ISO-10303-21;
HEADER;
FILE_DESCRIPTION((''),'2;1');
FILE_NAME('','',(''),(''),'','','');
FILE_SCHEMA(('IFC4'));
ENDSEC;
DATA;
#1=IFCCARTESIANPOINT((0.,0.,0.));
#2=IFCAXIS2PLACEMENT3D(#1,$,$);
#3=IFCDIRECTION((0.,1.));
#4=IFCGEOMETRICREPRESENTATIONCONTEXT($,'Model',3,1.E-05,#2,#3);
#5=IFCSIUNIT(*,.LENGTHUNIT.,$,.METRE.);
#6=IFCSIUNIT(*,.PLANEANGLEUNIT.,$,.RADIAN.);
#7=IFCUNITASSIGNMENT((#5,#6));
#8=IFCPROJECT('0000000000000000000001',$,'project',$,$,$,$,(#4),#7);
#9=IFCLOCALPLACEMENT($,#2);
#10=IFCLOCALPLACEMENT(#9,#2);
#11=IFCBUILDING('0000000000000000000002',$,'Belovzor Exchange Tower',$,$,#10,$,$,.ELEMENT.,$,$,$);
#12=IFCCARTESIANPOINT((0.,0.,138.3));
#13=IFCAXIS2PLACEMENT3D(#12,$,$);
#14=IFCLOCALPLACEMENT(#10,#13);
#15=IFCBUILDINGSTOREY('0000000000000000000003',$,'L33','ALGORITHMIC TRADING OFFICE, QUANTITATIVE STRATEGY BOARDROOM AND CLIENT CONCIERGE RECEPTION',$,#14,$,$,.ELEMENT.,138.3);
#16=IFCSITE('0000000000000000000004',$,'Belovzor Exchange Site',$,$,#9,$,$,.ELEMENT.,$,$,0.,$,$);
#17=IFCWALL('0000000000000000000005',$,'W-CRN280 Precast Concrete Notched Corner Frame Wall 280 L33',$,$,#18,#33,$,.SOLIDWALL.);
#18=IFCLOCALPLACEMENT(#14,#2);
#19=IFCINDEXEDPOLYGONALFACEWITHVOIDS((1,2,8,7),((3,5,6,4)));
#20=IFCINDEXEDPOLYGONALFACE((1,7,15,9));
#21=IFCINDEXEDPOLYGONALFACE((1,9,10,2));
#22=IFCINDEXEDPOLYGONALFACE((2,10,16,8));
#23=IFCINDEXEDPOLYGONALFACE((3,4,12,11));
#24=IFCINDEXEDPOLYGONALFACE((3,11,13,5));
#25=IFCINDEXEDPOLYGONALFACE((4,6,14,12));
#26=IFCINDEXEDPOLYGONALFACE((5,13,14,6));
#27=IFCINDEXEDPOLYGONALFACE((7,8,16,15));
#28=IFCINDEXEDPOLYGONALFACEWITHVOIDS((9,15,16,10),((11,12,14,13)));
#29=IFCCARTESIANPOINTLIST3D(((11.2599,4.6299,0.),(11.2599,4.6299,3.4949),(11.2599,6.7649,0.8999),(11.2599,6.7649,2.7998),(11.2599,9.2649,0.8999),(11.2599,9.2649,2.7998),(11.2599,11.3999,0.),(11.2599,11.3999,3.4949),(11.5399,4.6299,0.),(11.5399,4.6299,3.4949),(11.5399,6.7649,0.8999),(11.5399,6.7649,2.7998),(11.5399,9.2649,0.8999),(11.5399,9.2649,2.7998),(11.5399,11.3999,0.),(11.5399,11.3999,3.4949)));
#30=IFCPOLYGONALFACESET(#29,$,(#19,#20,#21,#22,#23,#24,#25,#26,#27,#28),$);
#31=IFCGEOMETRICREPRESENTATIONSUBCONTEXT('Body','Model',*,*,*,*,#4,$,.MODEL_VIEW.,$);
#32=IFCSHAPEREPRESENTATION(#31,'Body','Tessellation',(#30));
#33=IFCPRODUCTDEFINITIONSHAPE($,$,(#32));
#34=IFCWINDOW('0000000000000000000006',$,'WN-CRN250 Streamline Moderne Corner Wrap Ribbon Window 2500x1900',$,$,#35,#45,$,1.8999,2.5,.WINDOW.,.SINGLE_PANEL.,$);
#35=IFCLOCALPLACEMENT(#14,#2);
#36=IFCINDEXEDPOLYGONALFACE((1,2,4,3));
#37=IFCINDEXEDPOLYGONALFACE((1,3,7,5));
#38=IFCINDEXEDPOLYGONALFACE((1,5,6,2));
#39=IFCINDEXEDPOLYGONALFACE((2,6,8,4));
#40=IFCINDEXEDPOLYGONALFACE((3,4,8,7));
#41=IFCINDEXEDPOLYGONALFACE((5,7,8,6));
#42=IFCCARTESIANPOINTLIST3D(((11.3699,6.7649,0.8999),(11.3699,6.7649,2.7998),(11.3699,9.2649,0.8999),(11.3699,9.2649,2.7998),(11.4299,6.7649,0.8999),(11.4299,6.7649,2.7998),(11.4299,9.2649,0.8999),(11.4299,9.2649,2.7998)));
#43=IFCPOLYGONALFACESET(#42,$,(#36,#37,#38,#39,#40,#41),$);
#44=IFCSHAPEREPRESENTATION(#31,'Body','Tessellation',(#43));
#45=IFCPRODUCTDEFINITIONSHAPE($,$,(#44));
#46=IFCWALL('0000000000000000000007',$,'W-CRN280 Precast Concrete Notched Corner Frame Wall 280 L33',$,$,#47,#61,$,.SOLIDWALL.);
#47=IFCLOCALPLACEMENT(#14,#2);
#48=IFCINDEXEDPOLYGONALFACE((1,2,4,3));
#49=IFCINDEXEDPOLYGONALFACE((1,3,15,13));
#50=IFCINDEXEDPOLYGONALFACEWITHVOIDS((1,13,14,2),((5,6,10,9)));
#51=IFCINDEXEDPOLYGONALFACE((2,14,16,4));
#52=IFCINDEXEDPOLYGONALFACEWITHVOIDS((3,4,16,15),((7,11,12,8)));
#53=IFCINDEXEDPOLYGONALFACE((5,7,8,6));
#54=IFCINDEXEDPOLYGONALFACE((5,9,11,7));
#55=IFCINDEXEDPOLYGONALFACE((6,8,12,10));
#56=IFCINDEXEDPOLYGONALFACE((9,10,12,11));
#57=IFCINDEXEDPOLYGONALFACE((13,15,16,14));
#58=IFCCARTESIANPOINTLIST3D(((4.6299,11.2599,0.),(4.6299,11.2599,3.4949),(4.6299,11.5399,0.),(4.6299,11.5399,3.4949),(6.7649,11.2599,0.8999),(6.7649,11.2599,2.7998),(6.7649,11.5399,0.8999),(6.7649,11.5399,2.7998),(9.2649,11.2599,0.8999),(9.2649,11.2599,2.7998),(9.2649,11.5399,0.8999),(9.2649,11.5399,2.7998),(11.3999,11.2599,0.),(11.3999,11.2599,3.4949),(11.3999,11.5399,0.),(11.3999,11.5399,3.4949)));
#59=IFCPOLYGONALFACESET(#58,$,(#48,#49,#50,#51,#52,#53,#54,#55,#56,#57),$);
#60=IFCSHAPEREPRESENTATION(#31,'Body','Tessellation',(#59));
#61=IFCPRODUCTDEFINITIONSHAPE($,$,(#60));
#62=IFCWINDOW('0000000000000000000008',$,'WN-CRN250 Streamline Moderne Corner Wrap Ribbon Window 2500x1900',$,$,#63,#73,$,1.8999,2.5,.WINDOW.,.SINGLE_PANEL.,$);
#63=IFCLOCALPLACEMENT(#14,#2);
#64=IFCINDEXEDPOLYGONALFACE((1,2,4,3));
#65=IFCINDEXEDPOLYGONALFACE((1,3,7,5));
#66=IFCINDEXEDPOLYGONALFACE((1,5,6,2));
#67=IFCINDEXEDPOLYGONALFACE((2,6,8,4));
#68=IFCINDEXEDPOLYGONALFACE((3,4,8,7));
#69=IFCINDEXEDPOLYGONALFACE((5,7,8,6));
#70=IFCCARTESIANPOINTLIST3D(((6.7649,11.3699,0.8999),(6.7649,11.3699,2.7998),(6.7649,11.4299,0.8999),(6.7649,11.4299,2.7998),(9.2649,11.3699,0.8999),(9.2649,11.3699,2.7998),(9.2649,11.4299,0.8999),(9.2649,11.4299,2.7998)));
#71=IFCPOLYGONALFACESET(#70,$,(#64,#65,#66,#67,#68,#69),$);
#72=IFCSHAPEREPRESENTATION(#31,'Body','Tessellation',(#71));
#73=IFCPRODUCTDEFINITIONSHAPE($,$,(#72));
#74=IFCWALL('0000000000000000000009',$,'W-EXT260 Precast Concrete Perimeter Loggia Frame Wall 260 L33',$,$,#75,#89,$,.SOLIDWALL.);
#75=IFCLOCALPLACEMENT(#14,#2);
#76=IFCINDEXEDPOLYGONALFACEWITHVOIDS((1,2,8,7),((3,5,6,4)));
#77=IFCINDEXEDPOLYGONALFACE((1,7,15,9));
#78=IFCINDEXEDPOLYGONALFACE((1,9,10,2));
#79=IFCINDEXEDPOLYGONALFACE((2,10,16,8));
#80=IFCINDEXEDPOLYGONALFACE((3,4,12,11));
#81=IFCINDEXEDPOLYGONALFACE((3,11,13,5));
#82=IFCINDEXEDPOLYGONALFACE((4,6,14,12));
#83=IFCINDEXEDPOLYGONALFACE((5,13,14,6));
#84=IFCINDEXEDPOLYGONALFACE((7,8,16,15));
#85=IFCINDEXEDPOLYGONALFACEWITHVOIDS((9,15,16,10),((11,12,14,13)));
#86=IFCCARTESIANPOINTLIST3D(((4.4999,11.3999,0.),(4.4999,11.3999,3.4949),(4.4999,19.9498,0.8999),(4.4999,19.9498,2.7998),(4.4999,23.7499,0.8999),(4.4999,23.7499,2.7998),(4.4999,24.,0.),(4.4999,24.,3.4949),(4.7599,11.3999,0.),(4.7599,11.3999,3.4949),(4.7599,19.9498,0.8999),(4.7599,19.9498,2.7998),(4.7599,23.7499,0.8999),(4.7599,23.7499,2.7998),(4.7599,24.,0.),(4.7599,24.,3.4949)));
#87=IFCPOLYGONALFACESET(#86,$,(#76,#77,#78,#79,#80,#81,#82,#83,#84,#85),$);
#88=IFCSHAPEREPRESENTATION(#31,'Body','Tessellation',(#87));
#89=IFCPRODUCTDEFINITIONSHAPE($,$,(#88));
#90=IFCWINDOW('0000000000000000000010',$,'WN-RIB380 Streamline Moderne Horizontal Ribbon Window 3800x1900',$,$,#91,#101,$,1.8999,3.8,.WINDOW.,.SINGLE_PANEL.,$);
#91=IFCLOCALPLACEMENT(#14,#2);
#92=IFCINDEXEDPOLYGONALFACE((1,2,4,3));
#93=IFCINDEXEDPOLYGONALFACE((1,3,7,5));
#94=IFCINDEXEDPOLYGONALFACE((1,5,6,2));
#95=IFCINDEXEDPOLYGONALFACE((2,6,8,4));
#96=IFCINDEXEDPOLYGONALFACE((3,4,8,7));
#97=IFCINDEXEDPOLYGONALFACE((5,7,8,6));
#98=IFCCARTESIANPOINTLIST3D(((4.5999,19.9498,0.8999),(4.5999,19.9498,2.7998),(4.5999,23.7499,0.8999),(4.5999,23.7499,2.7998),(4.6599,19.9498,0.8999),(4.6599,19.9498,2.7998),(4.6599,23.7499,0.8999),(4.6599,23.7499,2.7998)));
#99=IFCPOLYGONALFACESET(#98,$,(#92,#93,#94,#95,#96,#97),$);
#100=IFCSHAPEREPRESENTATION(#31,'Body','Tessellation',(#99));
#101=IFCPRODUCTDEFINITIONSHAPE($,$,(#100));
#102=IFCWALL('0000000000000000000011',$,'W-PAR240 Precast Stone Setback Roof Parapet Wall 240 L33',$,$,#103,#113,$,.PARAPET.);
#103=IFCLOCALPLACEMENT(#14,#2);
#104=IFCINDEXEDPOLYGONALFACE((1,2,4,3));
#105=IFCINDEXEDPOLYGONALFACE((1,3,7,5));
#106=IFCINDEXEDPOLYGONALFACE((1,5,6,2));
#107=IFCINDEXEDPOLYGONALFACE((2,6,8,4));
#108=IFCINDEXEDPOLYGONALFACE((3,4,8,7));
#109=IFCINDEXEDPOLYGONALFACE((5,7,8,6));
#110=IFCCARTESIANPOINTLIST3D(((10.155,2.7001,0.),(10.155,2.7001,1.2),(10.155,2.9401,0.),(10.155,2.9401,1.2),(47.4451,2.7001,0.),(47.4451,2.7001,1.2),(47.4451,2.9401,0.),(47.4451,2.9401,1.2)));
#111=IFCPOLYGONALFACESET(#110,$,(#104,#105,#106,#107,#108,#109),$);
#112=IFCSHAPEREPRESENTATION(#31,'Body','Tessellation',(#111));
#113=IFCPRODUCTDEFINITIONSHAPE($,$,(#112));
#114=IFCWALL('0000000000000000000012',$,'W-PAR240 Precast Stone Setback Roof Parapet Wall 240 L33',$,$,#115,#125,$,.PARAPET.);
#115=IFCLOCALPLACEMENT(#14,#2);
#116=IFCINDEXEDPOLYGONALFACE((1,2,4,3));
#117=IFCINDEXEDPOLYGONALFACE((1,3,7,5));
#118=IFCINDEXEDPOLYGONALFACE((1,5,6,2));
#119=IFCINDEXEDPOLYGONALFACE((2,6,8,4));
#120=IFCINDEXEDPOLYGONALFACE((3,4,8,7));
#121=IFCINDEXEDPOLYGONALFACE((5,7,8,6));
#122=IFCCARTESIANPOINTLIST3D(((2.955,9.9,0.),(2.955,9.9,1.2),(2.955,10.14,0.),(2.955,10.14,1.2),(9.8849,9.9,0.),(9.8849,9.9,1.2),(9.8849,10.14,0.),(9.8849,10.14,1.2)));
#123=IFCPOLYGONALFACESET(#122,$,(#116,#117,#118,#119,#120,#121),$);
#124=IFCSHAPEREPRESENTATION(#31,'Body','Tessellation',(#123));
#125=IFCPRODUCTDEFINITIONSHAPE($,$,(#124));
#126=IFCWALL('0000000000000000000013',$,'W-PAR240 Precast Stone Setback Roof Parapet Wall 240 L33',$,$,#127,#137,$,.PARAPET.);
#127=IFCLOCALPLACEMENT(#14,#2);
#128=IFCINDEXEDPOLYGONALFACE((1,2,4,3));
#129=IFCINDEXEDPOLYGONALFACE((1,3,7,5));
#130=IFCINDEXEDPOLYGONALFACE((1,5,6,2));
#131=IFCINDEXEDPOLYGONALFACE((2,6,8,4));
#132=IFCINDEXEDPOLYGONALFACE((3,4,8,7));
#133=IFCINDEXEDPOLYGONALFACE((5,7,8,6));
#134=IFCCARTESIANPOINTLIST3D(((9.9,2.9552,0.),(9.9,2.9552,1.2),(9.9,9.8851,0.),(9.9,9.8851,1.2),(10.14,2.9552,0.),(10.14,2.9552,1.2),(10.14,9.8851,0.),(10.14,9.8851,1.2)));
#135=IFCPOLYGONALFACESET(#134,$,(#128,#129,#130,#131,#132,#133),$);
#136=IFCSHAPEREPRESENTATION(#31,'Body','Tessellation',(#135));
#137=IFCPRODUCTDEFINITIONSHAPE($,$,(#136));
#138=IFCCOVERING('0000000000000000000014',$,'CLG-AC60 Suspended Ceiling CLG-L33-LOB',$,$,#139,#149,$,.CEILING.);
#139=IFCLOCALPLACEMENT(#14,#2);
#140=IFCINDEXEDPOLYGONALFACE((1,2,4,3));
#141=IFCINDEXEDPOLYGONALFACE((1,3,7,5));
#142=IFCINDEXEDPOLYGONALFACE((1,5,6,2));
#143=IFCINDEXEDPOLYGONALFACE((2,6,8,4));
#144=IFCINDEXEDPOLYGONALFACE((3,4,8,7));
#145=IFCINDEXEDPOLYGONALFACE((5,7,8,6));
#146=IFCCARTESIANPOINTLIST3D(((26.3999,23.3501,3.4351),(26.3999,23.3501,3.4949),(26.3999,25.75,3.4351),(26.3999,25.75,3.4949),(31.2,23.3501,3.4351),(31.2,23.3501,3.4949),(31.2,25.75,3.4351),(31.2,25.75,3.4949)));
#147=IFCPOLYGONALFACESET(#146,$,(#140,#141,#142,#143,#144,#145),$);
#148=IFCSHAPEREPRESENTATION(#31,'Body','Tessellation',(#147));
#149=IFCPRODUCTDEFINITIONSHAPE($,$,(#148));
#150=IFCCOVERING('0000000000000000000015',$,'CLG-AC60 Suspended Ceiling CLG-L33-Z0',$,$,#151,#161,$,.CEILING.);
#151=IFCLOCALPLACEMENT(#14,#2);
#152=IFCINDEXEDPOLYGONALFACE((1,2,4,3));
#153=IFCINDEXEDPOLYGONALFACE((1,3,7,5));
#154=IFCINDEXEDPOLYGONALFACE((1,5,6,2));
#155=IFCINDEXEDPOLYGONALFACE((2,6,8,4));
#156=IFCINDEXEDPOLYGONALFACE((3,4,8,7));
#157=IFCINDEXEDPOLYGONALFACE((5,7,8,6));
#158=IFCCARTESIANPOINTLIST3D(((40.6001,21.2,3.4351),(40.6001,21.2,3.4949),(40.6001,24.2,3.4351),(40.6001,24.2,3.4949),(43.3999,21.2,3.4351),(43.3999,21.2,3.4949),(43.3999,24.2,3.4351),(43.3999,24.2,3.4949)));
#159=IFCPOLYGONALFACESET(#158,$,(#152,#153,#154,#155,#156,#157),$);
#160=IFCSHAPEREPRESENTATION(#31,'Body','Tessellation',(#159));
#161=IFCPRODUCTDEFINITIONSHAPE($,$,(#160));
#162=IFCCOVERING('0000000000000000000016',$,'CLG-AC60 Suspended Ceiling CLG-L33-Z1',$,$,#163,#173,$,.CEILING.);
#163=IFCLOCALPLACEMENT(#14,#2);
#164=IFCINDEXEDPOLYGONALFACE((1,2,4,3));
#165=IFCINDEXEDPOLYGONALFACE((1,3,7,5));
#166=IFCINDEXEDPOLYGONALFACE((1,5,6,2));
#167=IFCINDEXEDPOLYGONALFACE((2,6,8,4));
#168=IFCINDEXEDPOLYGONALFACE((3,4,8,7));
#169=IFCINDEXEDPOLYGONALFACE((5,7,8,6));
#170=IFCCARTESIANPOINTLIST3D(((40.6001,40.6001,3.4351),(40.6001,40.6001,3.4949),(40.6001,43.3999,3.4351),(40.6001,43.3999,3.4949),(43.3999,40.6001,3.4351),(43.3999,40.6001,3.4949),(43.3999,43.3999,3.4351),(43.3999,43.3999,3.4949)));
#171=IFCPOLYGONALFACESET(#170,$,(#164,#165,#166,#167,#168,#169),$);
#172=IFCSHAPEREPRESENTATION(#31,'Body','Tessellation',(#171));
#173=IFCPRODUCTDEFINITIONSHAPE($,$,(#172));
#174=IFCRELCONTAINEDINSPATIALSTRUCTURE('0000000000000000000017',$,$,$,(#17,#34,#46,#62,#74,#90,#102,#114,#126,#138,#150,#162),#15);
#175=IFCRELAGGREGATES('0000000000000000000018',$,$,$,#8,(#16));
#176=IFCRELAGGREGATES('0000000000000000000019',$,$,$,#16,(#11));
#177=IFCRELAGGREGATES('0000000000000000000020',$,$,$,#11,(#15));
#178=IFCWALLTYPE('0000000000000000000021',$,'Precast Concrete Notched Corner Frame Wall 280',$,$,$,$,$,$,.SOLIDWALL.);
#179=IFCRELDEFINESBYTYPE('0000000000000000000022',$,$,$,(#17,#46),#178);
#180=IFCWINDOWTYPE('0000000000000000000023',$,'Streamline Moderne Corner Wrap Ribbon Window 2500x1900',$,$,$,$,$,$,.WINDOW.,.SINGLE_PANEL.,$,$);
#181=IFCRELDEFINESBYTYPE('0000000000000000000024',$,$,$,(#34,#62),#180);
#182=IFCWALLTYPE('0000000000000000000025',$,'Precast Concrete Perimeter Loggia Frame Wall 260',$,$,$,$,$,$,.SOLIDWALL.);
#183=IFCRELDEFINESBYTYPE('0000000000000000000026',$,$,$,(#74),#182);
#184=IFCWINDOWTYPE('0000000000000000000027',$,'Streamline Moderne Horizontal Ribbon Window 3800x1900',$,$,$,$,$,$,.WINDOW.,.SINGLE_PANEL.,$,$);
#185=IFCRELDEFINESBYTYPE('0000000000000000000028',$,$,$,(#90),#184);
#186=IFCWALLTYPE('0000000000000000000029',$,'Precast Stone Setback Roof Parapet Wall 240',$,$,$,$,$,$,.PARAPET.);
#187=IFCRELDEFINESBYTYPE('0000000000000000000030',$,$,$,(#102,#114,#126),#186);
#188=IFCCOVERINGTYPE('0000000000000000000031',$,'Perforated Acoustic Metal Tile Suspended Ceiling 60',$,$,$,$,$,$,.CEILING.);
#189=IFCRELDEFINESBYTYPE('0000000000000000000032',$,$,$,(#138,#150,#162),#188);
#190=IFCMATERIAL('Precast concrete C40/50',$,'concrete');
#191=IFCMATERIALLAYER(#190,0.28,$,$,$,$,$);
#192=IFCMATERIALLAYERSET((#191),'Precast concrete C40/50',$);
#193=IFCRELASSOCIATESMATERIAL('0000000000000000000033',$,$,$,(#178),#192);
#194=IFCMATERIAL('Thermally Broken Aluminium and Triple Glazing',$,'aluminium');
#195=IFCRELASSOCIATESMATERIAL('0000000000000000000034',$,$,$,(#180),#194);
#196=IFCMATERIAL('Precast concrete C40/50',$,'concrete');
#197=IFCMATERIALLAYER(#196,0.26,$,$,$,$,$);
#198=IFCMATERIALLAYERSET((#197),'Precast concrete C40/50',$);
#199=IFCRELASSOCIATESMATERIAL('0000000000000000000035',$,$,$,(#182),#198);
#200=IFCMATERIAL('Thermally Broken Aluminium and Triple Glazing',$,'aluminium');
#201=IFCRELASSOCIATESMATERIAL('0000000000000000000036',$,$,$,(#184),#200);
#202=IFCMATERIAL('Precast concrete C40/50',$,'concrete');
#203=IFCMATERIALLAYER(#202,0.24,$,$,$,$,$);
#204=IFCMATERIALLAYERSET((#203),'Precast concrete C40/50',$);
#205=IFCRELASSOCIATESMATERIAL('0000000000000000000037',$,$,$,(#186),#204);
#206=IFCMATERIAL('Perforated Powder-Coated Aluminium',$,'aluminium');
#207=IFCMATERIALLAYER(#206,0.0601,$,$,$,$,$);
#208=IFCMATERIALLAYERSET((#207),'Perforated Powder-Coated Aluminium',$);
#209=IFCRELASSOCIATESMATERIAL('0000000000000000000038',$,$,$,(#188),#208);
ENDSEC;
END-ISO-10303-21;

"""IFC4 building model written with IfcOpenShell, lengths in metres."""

from ifc_helpers import new_model, si_unit, direction, frame, frame_2d, origin, place, context, subcontext, project, spatial, polyline, rectangle, outline, extrude, material, layer, layer_set, type_object, element, fill, save


model = new_model("IFC4")

# Units and contexts
model_context = context("Model", 3, precision=1e-05, world=origin(), true_north=direction((0.0, 1.0)))
body_context = subcontext(model_context, "Body", "Model", "MODEL_VIEW")
ifc_project = project(units=[si_unit("LENGTHUNIT", "METRE"), si_unit("PLANEANGLEUNIT", "RADIAN")], contexts=[model_context])

# Site, building, storey
site_placement = place(None, origin())
site = spatial("IfcSite", under=ifc_project, at=site_placement, Name="Belovzor Exchange Site", CompositionType="ELEMENT", RefElevation=0.0)
building_placement = place(site_placement, origin())
building = spatial("IfcBuilding", under=site, at=building_placement, Name="Belovzor Exchange Tower", CompositionType="ELEMENT")
storey_placement = place(building_placement, frame((0.0, 0.0, 138.3)))
storey = spatial("IfcBuildingStorey", under=building, at=storey_placement, Name="L33", Description="ALGORITHMIC TRADING OFFICE, QUANTITATIVE STRATEGY BOARDROOM AND CLIENT CONCIERGE RECEPTION", CompositionType="ELEMENT", Elevation=138.3)

# Walls, openings, windows
ifc_material_1 = material(Name="Precast concrete C40/50", Category="concrete")
ifc_layer_1 = layer(ifc_material_1, 0.28)
ifc_layer_set_1 = layer_set([ifc_layer_1], Name="Precast concrete C40/50")
wall_type_1 = type_object("IfcWallType", Name="Precast Concrete Notched Corner Frame Wall 280", PredefinedType="SOLIDWALL", material=ifc_layer_set_1)
wall_1_placement = place(storey_placement, frame((11.3999, 4.6299, 0.0), z_axis=(0.0, 0.0, 1.0), x_axis=(0.0, 1.0, 0.0)))
wall_1 = element("IfcWall", 1, at=wall_1_placement, inside=storey, type_object=wall_type_1, Name="W-CRN280 Precast Concrete Notched Corner Frame Wall 280 L33", PredefinedType="SOLIDWALL", context=body_context, shape_type="SweptSolid", body=[
    extrude(rectangle(XDim=6.77, YDim=0.28, at=frame_2d((3.385, 0.0))), origin(), (0.0, 0.0, 1.0), 3.4949),
])
opening_1_placement = place(wall_1_placement, frame((2.135, 0.0, 0.8999)))
opening_1 = element("IfcOpeningElement", 2, at=opening_1_placement, cuts=wall_1, PredefinedType="OPENING", context=body_context, shape_type="SweptSolid", body=[
    extrude(rectangle(XDim=2.5, YDim=1.8999, at=frame_2d((1.25, 0.95))), frame((0.0, 0.1499, 0.0), z_axis=(0.0, -1.0, 0.0), x_axis=(1.0, 0.0, 0.0)), (0.0, 0.0, 1.0), 0.3),
])
ifc_material_2 = material(Name="Thermally Broken Aluminium and Triple Glazing", Category="aluminium")
window_type_1 = type_object("IfcWindowType", Name="Streamline Moderne Corner Wrap Ribbon Window 2500x1900", PartitioningType="SINGLE_PANEL", PredefinedType="WINDOW", material=ifc_material_2)
window_1_placement = place(opening_1_placement, origin())
window_1 = element("IfcWindow", 3, at=window_1_placement, inside=storey, type_object=window_type_1, Name="WN-CRN250 Streamline Moderne Corner Wrap Ribbon Window 2500x1900", OverallHeight=1.8999, OverallWidth=2.5, PartitioningType="SINGLE_PANEL", PredefinedType="WINDOW", context=body_context, shape_type="SweptSolid", body=[
    extrude(rectangle(XDim=2.5, YDim=1.8999, at=frame_2d((1.25, 0.95))), frame((0.0, 0.03, 0.0), z_axis=(0.0, -1.0, 0.0), x_axis=(1.0, 0.0, 0.0)), (0.0, 0.0, 1.0), 0.0601),
])
fill(opening_1, window_1)
wall_2_placement = place(storey_placement, frame((11.3999, 11.3999, 0.0), z_axis=(0.0, 0.0, 1.0), x_axis=(-1.0, 0.0, 0.0)))
wall_2 = element("IfcWall", 4, at=wall_2_placement, inside=storey, type_object=wall_type_1, Name="W-CRN280 Precast Concrete Notched Corner Frame Wall 280 L33", PredefinedType="SOLIDWALL", context=body_context, shape_type="SweptSolid", body=[
    extrude(rectangle(XDim=6.77, YDim=0.28, at=frame_2d((3.385, 0.0))), origin(), (0.0, 0.0, 1.0), 3.4949),
])
opening_2_placement = place(wall_2_placement, frame((2.135, 0.0, 0.8999)))
opening_2 = element("IfcOpeningElement", 5, at=opening_2_placement, cuts=wall_2, PredefinedType="OPENING", context=body_context, shape_type="SweptSolid", body=[
    extrude(rectangle(XDim=2.5, YDim=1.8999, at=frame_2d((1.25, 0.95))), frame((0.0, 0.1499, 0.0), z_axis=(0.0, -1.0, 0.0), x_axis=(1.0, 0.0, 0.0)), (0.0, 0.0, 1.0), 0.3),
])
window_2_placement = place(opening_2_placement, origin())
window_2 = element("IfcWindow", 6, at=window_2_placement, inside=storey, type_object=window_type_1, Name="WN-CRN250 Streamline Moderne Corner Wrap Ribbon Window 2500x1900", OverallHeight=1.8999, OverallWidth=2.5, PartitioningType="SINGLE_PANEL", PredefinedType="WINDOW", context=body_context, shape_type="SweptSolid", body=[
    extrude(rectangle(XDim=2.5, YDim=1.8999, at=frame_2d((1.25, 0.95))), frame((0.0, 0.03, 0.0), z_axis=(0.0, -1.0, 0.0), x_axis=(1.0, 0.0, 0.0)), (0.0, 0.0, 1.0), 0.0601),
])
fill(opening_2, window_2)
ifc_material_3 = material(Name="Precast concrete C40/50", Category="concrete")
ifc_layer_2 = layer(ifc_material_3, 0.26)
ifc_layer_set_2 = layer_set([ifc_layer_2], Name="Precast concrete C40/50")
wall_type_2 = type_object("IfcWallType", Name="Precast Concrete Perimeter Loggia Frame Wall 260", PredefinedType="SOLIDWALL", material=ifc_layer_set_2)
wall_3_placement = place(storey_placement, frame((4.6299, 11.3999, 0.0), z_axis=(0.0, 0.0, 1.0), x_axis=(0.0, 1.0, 0.0)))
wall_3 = element("IfcWall", 7, at=wall_3_placement, inside=storey, type_object=wall_type_2, Name="W-EXT260 Precast Concrete Perimeter Loggia Frame Wall 260 L33", PredefinedType="SOLIDWALL", context=body_context, shape_type="SweptSolid", body=[
    extrude(rectangle(XDim=12.6001, YDim=0.26, at=frame_2d((6.3, 0.0))), origin(), (0.0, 0.0, 1.0), 3.4949),
])
opening_3_placement = place(wall_3_placement, frame((8.55, 0.0, 0.8999)))
opening_3 = element("IfcOpeningElement", 8, at=opening_3_placement, cuts=wall_3, PredefinedType="OPENING", context=body_context, shape_type="SweptSolid", body=[
    extrude(rectangle(XDim=3.8, YDim=1.8999, at=frame_2d((1.8999, 0.95))), frame((0.0, 0.1399, 0.0), z_axis=(0.0, -1.0, 0.0), x_axis=(1.0, 0.0, 0.0)), (0.0, 0.0, 1.0), 0.28),
])
ifc_material_4 = material(Name="Thermally Broken Aluminium and Triple Glazing", Category="aluminium")
window_type_2 = type_object("IfcWindowType", Name="Streamline Moderne Horizontal Ribbon Window 3800x1900", PartitioningType="SINGLE_PANEL", PredefinedType="WINDOW", material=ifc_material_4)
window_3_placement = place(opening_3_placement, origin())
window_3 = element("IfcWindow", 9, at=window_3_placement, inside=storey, type_object=window_type_2, Name="WN-RIB380 Streamline Moderne Horizontal Ribbon Window 3800x1900", OverallHeight=1.8999, OverallWidth=3.8, PartitioningType="SINGLE_PANEL", PredefinedType="WINDOW", context=body_context, shape_type="SweptSolid", body=[
    extrude(rectangle(XDim=3.8, YDim=1.8999, at=frame_2d((1.8999, 0.95))), frame((0.0, 0.03, 0.0), z_axis=(0.0, -1.0, 0.0), x_axis=(1.0, 0.0, 0.0)), (0.0, 0.0, 1.0), 0.0601),
])
fill(opening_3, window_3)

# Walls
ifc_material_5 = material(Name="Precast concrete C40/50", Category="concrete")
ifc_layer_3 = layer(ifc_material_5, 0.24)
ifc_layer_set_3 = layer_set([ifc_layer_3], Name="Precast concrete C40/50")
wall_type_3 = type_object("IfcWallType", Name="Precast Stone Setback Roof Parapet Wall 240", PredefinedType="PARAPET", material=ifc_layer_set_3)
wall_4_placement = place(storey_placement, frame((10.155, 2.8201, 0.0), z_axis=(0.0, 0.0, 1.0), x_axis=(1.0, 0.0, 0.0)))
element("IfcWall", 10, at=wall_4_placement, inside=storey, type_object=wall_type_3, Name="W-PAR240 Precast Stone Setback Roof Parapet Wall 240 L33", PredefinedType="PARAPET", context=body_context, shape_type="SweptSolid", body=[
    extrude(rectangle(XDim=37.29, YDim=0.24, at=frame_2d((18.645, 0.0))), origin(), (0.0, 0.0, 1.0), 1.2),
])
for number, where, z_axis, x_axis, name in (
    (11, (2.9551, 10.02, 0.0), (0.0, 0.0, 1.0), (1.0, 0.0, 0.0), "W-PAR240 Precast Stone Setback Roof Parapet Wall 240 L33"),
    (12, (10.02, 9.885, 0.0), (0.0, 0.0, 1.0), (0.0, -1.0, 0.0), "W-PAR240 Precast Stone Setback Roof Parapet Wall 240 L33"),
):
    element("IfcWall", number, at=place(storey_placement, frame(where, z_axis=z_axis, x_axis=x_axis)), inside=storey, type_object=wall_type_3, Name=name, PredefinedType="PARAPET", context=body_context, shape_type="SweptSolid", body=[
        extrude(rectangle(XDim=6.9299, YDim=0.24, at=frame_2d((3.4648, 0.0))), origin(), (0.0, 0.0, 1.0), 1.2),
    ])

# Coverings
ifc_material_6 = material(Name="Perforated Powder-Coated Aluminium", Category="aluminium")
ifc_layer_4 = layer(ifc_material_6, 0.0601)
ifc_layer_set_4 = layer_set([ifc_layer_4], Name="Perforated Powder-Coated Aluminium")
covering_type_1 = type_object("IfcCoveringType", Name="Perforated Acoustic Metal Tile Suspended Ceiling 60", PredefinedType="CEILING", material=ifc_layer_set_4)
covering_1_placement = place(storey_placement, frame((0.0, 0.0, 3.4351)))
element("IfcCovering", 13, at=covering_1_placement, inside=storey, type_object=covering_type_1, Name="CLG-AC60 Suspended Ceiling CLG-L33-LOB", PredefinedType="CEILING", context=body_context, shape_type="SweptSolid", body=[
    extrude(outline(polyline([(26.3999, 23.3501), (31.2, 23.3501), (31.2, 25.75), (26.3999, 25.75), (26.3999, 23.3501)])), origin(), (0.0, 0.0, 1.0), 0.0598),
])
covering_2_placement = place(storey_placement, frame((0.0, 0.0, 3.4351)))
element("IfcCovering", 14, at=covering_2_placement, inside=storey, type_object=covering_type_1, Name="CLG-AC60 Suspended Ceiling CLG-L33-Z0", PredefinedType="CEILING", context=body_context, shape_type="SweptSolid", body=[
    extrude(outline(polyline([(40.6001, 21.2), (43.3999, 21.2), (43.3999, 24.2), (40.6001, 24.2), (40.6001, 21.2)])), origin(), (0.0, 0.0, 1.0), 0.0598),
])
covering_3_placement = place(storey_placement, frame((0.0, 0.0, 3.4351)))
element("IfcCovering", 15, at=covering_3_placement, inside=storey, type_object=covering_type_1, Name="CLG-AC60 Suspended Ceiling CLG-L33-Z1", PredefinedType="CEILING", context=body_context, shape_type="SweptSolid", body=[
    extrude(outline(polyline([(40.6001, 40.6001), (43.3999, 40.6001), (43.3999, 43.3999), (40.6001, 43.3999), (40.6001, 40.6001)])), origin(), (0.0, 0.0, 1.0), 0.0598),
])

save(model, "model.ifc")
